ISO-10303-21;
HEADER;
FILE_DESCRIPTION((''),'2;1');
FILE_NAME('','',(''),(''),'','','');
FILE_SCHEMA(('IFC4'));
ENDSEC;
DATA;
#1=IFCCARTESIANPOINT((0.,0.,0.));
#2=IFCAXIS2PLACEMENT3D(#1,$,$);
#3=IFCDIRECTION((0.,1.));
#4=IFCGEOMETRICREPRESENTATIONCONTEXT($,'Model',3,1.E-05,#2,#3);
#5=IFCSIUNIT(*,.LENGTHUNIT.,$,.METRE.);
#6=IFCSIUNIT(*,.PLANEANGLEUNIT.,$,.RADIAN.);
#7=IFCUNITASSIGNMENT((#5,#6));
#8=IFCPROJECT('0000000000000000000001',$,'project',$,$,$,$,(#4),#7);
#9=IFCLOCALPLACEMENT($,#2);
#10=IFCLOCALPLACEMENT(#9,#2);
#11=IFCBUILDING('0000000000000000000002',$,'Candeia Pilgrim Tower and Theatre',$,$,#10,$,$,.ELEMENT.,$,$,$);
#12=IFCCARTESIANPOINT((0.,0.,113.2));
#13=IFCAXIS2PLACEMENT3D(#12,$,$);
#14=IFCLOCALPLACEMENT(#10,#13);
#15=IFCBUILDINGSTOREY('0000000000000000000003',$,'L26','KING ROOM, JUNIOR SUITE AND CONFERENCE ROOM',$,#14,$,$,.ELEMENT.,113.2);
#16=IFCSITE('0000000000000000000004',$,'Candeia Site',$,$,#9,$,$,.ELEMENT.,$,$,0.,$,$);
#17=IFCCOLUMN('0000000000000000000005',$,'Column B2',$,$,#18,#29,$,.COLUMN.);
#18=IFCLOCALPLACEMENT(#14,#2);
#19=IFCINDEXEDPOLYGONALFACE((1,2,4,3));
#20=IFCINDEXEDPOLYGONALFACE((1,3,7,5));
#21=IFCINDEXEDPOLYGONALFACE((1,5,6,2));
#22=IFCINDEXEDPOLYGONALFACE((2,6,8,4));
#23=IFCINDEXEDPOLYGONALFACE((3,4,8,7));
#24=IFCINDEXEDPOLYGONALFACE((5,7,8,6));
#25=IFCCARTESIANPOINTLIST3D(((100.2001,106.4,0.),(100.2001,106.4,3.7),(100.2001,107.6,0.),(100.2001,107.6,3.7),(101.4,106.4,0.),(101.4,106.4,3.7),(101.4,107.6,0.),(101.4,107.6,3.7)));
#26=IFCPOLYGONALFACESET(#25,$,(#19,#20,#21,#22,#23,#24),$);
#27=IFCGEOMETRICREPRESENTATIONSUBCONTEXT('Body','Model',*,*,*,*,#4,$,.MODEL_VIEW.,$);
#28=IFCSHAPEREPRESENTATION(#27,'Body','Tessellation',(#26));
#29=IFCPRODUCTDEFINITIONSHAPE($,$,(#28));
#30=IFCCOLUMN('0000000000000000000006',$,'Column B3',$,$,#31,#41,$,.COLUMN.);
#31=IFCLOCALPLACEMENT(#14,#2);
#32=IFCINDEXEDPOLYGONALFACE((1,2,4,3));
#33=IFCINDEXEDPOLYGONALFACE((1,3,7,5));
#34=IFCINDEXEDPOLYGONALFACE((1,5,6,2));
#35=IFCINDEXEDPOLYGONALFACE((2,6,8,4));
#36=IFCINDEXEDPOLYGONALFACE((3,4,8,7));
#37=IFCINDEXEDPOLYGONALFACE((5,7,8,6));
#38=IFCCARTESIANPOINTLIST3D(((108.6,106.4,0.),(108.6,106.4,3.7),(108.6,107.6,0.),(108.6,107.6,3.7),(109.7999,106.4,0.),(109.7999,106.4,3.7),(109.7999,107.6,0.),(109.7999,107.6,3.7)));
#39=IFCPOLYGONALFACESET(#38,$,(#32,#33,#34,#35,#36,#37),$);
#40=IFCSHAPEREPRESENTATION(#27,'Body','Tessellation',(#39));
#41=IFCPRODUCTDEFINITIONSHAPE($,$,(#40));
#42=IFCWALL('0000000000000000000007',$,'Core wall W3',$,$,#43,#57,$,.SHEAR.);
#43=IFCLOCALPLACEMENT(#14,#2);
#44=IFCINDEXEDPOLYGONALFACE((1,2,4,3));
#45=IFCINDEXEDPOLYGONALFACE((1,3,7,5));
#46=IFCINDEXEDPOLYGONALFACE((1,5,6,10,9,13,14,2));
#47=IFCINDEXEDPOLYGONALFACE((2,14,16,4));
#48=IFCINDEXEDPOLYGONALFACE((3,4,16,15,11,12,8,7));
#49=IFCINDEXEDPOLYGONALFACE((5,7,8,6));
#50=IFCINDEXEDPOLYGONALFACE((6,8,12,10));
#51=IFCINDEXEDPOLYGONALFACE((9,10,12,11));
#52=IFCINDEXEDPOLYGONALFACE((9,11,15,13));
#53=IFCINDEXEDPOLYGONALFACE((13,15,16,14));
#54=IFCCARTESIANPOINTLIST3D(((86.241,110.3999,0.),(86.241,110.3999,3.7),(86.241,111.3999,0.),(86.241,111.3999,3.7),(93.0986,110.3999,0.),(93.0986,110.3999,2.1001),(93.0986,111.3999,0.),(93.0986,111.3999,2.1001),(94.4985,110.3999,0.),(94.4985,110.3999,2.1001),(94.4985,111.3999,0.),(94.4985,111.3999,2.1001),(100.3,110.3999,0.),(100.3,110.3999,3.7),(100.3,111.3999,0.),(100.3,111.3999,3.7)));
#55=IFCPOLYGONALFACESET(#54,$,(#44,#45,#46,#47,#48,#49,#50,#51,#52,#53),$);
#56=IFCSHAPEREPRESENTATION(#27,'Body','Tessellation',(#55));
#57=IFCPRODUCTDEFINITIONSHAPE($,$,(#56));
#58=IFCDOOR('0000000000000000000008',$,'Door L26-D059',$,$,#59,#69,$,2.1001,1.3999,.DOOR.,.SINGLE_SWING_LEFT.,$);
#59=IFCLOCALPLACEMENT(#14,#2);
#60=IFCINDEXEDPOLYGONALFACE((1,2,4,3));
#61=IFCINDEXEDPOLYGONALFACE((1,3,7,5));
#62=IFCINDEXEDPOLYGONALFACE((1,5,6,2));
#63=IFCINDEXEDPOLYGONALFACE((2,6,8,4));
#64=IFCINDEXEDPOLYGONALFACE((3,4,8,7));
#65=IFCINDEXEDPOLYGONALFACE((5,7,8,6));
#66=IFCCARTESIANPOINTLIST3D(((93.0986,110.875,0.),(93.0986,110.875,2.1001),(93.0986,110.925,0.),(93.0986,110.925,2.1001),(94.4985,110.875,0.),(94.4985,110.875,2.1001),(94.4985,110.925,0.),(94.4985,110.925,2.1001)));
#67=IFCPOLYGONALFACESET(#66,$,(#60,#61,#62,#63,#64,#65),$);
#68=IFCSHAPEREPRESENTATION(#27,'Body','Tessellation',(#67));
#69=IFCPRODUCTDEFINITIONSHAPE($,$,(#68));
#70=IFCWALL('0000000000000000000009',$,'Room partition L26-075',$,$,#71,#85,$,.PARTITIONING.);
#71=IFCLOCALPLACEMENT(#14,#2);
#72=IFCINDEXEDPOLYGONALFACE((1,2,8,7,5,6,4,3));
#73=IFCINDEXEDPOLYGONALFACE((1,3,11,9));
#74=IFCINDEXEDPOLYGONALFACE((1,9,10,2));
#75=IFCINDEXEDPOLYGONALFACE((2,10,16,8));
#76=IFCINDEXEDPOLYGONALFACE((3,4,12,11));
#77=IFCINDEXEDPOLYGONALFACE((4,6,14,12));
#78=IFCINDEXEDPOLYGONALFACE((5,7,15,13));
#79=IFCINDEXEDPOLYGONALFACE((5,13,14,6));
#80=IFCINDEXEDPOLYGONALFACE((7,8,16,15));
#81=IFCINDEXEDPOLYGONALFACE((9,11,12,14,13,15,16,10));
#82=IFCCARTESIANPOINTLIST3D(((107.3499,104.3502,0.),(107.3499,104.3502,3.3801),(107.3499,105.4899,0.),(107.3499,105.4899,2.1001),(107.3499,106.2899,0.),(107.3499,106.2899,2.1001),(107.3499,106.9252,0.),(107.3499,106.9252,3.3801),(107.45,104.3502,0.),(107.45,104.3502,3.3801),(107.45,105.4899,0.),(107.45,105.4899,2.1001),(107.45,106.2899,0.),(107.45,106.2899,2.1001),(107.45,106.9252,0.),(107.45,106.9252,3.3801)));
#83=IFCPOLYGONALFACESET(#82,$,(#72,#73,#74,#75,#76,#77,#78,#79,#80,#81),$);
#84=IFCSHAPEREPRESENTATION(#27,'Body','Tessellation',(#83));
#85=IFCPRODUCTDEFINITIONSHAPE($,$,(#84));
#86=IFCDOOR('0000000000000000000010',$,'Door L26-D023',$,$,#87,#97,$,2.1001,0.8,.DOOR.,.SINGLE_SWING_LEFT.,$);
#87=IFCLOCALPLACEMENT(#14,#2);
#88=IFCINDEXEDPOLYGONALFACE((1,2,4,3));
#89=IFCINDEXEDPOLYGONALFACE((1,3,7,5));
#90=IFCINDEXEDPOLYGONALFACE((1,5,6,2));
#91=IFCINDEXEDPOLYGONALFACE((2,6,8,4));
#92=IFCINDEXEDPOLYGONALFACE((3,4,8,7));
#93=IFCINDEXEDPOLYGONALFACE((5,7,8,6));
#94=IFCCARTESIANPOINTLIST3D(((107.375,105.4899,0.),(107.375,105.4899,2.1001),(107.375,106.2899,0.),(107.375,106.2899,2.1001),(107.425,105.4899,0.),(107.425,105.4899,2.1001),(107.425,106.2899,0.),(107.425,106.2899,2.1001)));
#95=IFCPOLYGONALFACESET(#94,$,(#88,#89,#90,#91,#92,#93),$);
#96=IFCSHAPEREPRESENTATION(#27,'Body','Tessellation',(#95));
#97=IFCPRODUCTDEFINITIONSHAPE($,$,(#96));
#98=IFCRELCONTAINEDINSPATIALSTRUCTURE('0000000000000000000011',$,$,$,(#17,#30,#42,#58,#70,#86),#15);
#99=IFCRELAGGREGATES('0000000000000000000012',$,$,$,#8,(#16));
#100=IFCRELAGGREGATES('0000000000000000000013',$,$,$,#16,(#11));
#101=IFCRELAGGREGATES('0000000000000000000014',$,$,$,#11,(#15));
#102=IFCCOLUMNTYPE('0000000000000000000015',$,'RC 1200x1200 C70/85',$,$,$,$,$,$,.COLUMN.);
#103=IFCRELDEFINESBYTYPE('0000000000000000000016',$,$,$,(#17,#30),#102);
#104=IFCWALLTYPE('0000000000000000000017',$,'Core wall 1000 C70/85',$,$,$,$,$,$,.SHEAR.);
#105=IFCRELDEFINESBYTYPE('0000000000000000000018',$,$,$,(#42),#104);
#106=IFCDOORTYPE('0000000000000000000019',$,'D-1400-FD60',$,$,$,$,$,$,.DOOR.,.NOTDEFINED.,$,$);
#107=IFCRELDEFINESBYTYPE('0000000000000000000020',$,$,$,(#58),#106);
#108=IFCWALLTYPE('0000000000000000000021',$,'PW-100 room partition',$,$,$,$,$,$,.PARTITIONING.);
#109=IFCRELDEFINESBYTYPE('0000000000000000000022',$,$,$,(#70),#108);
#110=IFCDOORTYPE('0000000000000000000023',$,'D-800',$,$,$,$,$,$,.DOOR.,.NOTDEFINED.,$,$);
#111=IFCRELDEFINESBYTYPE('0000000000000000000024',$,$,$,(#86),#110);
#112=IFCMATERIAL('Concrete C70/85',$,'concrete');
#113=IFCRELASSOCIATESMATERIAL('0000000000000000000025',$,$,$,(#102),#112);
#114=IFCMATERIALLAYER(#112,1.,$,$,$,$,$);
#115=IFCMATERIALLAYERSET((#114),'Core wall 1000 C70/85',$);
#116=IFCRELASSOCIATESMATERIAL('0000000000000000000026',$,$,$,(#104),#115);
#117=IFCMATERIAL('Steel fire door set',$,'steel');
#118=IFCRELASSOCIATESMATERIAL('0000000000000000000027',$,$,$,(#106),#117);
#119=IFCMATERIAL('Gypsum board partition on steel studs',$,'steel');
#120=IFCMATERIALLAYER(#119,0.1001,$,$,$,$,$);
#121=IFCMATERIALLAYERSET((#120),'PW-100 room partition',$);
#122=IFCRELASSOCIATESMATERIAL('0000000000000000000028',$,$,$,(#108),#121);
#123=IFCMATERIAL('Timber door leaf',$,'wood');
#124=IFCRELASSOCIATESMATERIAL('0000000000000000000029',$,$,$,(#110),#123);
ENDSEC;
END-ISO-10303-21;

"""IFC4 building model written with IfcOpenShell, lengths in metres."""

from ifc_helpers import new_model, si_unit, direction, frame, frame_2d, origin, origin_2d, place, context, subcontext, project, spatial, rectangle, extrude, material, layer, layer_set, material_profile, profile_set, type_object, element, fill, save


model = new_model("IFC4")

# Units and contexts
model_context = context("Model", 3, precision=1e-05, world=origin(), true_north=direction((0.0, 1.0)))
body_context = subcontext(model_context, "Body", "Model", "MODEL_VIEW")
ifc_project = project(units=[si_unit("LENGTHUNIT", "METRE"), si_unit("PLANEANGLEUNIT", "RADIAN")], contexts=[model_context])

# Site, building, storey
site_placement = place(None, origin())
site = spatial("IfcSite", under=ifc_project, at=site_placement, Name="Candeia Site", CompositionType="ELEMENT", RefElevation=0.0)
building_placement = place(site_placement, origin())
building = spatial("IfcBuilding", under=site, at=building_placement, Name="Candeia Pilgrim Tower and Theatre", CompositionType="ELEMENT")
storey_placement = place(building_placement, frame((0.0, 0.0, 113.2)))
storey = spatial("IfcBuildingStorey", under=building, at=storey_placement, Name="L26", Description="KING ROOM, JUNIOR SUITE AND CONFERENCE ROOM", CompositionType="ELEMENT", Elevation=113.2)

# Columns
ifc_material_1 = material(Name="Concrete C70/85", Category="concrete")
ifc_material_profile = material_profile(ifc_material_1, rectangle(XDim=1.2, YDim=1.2, at=origin_2d()))
ifc_profile_set = profile_set([ifc_material_profile], Name="Concrete C70/85")
column_type = type_object("IfcColumnType", Name="RC 1200x1200 C70/85", PredefinedType="COLUMN", material=ifc_profile_set)
for number, where, z_axis, x_axis, name in (
    (1, (100.8, 107.0, 0.0), (0.0, 0.0, 1.0), (1.0, 0.0, 0.0), "Column B2"),
    (2, (109.2, 107.0, 0.0), (0.0, 0.0, 1.0), (1.0, 0.0, 0.0), "Column B3"),
):
    element("IfcColumn", number, at=place(storey_placement, frame(where, z_axis=z_axis, x_axis=x_axis)), inside=storey, type_object=column_type, Name=name, PredefinedType="COLUMN", context=body_context, shape_type="SweptSolid", body=[
        extrude(rectangle(XDim=1.2, YDim=1.2, at=origin_2d()), origin(), (0.0, 0.0, 1.0), 3.7),
    ])

# Walls, openings, doors
ifc_layer_1 = layer(ifc_material_1, 1.0)
ifc_layer_set_1 = layer_set([ifc_layer_1], Name="Core wall 1000 C70/85")
wall_type_1 = type_object("IfcWallType", Name="Core wall 1000 C70/85", PredefinedType="SHEAR", material=ifc_layer_set_1)
wall_1_placement = place(storey_placement, frame((100.3, 110.8999, 0.0), z_axis=(0.0, 0.0, 1.0), x_axis=(-1.0, 0.0, 0.0)))
wall_1 = element("IfcWall", 3, at=wall_1_placement, inside=storey, type_object=wall_type_1, Name="Core wall W3", PredefinedType="SHEAR", context=body_context, shape_type="SweptSolid", body=[
    extrude(rectangle(XDim=14.0591, YDim=1.0, at=frame_2d((7.0295, 0.0))), origin(), (0.0, 0.0, 1.0), 3.7),
])
opening_1_placement = place(wall_1_placement, frame((5.8015, 0.0, 0.0)))
opening_1 = element("IfcOpeningElement", 4, at=opening_1_placement, cuts=wall_1, PredefinedType="OPENING", context=body_context, shape_type="SweptSolid", body=[
    extrude(rectangle(XDim=1.3999, YDim=2.1001, at=frame_2d((0.7, 1.05))), frame((0.0, 0.51, 0.0), z_axis=(0.0, -1.0, 0.0), x_axis=(1.0, 0.0, 0.0)), (0.0, 0.0, 1.0), 1.02),
])
ifc_material_2 = material(Name="Steel fire door set", Category="steel")
door_type_1 = type_object("IfcDoorType", Name="D-1400-FD60", OperationType="NOTDEFINED", PredefinedType="DOOR", material=ifc_material_2)
door_1_placement = place(opening_1_placement, origin())
door_1 = element("IfcDoor", 5, at=door_1_placement, inside=storey, type_object=door_type_1, Name="Door L26-D059", OperationType="SINGLE_SWING_LEFT", OverallHeight=2.1001, OverallWidth=1.3999, PredefinedType="DOOR", context=body_context, shape_type="SweptSolid", body=[
    extrude(rectangle(XDim=1.3999, YDim=2.1001, at=frame_2d((0.7, 1.05))), frame((0.0, 0.0249, 0.0), z_axis=(0.0, -1.0, 0.0), x_axis=(1.0, 0.0, 0.0)), (0.0, 0.0, 1.0), 0.05),
])
fill(opening_1, door_1)
ifc_material_3 = material(Name="Gypsum board partition on steel studs", Category="steel")
ifc_layer_2 = layer(ifc_material_3, 0.1001)
ifc_layer_set_2 = layer_set([ifc_layer_2], Name="PW-100 room partition")
wall_type_2 = type_object("IfcWallType", Name="PW-100 room partition", PredefinedType="PARTITIONING", material=ifc_layer_set_2)
wall_2_placement = place(storey_placement, frame((107.3999, 104.3501, 0.0), z_axis=(0.0, 0.0, 1.0), x_axis=(0.0, 1.0, 0.0)))
wall_2 = element("IfcWall", 6, at=wall_2_placement, inside=storey, type_object=wall_type_2, Name="Room partition L26-075", PredefinedType="PARTITIONING", context=body_context, shape_type="SweptSolid", body=[
    extrude(rectangle(XDim=2.575, YDim=0.1001, at=frame_2d((1.2876, 0.0))), origin(), (0.0, 0.0, 1.0), 3.3801),
])
opening_2_placement = place(wall_2_placement, frame((1.1399, 0.0, 0.0)))
opening_2 = element("IfcOpeningElement", 7, at=opening_2_placement, cuts=wall_2, PredefinedType="OPENING", context=body_context, shape_type="SweptSolid", body=[
    extrude(rectangle(XDim=0.8, YDim=2.1001, at=frame_2d((0.3999, 1.05))), frame((0.0, 0.0601, 0.0), z_axis=(0.0, -1.0, 0.0), x_axis=(1.0, 0.0, 0.0)), (0.0, 0.0, 1.0), 0.1201),
])
ifc_material_4 = material(Name="Timber door leaf", Category="wood")
door_type_2 = type_object("IfcDoorType", Name="D-800", OperationType="NOTDEFINED", PredefinedType="DOOR", material=ifc_material_4)
door_2_placement = place(opening_2_placement, origin())
door_2 = element("IfcDoor", 8, at=door_2_placement, inside=storey, type_object=door_type_2, Name="Door L26-D023", OperationType="SINGLE_SWING_LEFT", OverallHeight=2.1001, OverallWidth=0.8, PredefinedType="DOOR", context=body_context, shape_type="SweptSolid", body=[
    extrude(rectangle(XDim=0.8, YDim=2.1001, at=frame_2d((0.3999, 1.05))), frame((0.0, 0.0249, 0.0), z_axis=(0.0, -1.0, 0.0), x_axis=(1.0, 0.0, 0.0)), (0.0, 0.0, 1.0), 0.05),
])
fill(opening_2, door_2)

save(model, "model.ifc")
